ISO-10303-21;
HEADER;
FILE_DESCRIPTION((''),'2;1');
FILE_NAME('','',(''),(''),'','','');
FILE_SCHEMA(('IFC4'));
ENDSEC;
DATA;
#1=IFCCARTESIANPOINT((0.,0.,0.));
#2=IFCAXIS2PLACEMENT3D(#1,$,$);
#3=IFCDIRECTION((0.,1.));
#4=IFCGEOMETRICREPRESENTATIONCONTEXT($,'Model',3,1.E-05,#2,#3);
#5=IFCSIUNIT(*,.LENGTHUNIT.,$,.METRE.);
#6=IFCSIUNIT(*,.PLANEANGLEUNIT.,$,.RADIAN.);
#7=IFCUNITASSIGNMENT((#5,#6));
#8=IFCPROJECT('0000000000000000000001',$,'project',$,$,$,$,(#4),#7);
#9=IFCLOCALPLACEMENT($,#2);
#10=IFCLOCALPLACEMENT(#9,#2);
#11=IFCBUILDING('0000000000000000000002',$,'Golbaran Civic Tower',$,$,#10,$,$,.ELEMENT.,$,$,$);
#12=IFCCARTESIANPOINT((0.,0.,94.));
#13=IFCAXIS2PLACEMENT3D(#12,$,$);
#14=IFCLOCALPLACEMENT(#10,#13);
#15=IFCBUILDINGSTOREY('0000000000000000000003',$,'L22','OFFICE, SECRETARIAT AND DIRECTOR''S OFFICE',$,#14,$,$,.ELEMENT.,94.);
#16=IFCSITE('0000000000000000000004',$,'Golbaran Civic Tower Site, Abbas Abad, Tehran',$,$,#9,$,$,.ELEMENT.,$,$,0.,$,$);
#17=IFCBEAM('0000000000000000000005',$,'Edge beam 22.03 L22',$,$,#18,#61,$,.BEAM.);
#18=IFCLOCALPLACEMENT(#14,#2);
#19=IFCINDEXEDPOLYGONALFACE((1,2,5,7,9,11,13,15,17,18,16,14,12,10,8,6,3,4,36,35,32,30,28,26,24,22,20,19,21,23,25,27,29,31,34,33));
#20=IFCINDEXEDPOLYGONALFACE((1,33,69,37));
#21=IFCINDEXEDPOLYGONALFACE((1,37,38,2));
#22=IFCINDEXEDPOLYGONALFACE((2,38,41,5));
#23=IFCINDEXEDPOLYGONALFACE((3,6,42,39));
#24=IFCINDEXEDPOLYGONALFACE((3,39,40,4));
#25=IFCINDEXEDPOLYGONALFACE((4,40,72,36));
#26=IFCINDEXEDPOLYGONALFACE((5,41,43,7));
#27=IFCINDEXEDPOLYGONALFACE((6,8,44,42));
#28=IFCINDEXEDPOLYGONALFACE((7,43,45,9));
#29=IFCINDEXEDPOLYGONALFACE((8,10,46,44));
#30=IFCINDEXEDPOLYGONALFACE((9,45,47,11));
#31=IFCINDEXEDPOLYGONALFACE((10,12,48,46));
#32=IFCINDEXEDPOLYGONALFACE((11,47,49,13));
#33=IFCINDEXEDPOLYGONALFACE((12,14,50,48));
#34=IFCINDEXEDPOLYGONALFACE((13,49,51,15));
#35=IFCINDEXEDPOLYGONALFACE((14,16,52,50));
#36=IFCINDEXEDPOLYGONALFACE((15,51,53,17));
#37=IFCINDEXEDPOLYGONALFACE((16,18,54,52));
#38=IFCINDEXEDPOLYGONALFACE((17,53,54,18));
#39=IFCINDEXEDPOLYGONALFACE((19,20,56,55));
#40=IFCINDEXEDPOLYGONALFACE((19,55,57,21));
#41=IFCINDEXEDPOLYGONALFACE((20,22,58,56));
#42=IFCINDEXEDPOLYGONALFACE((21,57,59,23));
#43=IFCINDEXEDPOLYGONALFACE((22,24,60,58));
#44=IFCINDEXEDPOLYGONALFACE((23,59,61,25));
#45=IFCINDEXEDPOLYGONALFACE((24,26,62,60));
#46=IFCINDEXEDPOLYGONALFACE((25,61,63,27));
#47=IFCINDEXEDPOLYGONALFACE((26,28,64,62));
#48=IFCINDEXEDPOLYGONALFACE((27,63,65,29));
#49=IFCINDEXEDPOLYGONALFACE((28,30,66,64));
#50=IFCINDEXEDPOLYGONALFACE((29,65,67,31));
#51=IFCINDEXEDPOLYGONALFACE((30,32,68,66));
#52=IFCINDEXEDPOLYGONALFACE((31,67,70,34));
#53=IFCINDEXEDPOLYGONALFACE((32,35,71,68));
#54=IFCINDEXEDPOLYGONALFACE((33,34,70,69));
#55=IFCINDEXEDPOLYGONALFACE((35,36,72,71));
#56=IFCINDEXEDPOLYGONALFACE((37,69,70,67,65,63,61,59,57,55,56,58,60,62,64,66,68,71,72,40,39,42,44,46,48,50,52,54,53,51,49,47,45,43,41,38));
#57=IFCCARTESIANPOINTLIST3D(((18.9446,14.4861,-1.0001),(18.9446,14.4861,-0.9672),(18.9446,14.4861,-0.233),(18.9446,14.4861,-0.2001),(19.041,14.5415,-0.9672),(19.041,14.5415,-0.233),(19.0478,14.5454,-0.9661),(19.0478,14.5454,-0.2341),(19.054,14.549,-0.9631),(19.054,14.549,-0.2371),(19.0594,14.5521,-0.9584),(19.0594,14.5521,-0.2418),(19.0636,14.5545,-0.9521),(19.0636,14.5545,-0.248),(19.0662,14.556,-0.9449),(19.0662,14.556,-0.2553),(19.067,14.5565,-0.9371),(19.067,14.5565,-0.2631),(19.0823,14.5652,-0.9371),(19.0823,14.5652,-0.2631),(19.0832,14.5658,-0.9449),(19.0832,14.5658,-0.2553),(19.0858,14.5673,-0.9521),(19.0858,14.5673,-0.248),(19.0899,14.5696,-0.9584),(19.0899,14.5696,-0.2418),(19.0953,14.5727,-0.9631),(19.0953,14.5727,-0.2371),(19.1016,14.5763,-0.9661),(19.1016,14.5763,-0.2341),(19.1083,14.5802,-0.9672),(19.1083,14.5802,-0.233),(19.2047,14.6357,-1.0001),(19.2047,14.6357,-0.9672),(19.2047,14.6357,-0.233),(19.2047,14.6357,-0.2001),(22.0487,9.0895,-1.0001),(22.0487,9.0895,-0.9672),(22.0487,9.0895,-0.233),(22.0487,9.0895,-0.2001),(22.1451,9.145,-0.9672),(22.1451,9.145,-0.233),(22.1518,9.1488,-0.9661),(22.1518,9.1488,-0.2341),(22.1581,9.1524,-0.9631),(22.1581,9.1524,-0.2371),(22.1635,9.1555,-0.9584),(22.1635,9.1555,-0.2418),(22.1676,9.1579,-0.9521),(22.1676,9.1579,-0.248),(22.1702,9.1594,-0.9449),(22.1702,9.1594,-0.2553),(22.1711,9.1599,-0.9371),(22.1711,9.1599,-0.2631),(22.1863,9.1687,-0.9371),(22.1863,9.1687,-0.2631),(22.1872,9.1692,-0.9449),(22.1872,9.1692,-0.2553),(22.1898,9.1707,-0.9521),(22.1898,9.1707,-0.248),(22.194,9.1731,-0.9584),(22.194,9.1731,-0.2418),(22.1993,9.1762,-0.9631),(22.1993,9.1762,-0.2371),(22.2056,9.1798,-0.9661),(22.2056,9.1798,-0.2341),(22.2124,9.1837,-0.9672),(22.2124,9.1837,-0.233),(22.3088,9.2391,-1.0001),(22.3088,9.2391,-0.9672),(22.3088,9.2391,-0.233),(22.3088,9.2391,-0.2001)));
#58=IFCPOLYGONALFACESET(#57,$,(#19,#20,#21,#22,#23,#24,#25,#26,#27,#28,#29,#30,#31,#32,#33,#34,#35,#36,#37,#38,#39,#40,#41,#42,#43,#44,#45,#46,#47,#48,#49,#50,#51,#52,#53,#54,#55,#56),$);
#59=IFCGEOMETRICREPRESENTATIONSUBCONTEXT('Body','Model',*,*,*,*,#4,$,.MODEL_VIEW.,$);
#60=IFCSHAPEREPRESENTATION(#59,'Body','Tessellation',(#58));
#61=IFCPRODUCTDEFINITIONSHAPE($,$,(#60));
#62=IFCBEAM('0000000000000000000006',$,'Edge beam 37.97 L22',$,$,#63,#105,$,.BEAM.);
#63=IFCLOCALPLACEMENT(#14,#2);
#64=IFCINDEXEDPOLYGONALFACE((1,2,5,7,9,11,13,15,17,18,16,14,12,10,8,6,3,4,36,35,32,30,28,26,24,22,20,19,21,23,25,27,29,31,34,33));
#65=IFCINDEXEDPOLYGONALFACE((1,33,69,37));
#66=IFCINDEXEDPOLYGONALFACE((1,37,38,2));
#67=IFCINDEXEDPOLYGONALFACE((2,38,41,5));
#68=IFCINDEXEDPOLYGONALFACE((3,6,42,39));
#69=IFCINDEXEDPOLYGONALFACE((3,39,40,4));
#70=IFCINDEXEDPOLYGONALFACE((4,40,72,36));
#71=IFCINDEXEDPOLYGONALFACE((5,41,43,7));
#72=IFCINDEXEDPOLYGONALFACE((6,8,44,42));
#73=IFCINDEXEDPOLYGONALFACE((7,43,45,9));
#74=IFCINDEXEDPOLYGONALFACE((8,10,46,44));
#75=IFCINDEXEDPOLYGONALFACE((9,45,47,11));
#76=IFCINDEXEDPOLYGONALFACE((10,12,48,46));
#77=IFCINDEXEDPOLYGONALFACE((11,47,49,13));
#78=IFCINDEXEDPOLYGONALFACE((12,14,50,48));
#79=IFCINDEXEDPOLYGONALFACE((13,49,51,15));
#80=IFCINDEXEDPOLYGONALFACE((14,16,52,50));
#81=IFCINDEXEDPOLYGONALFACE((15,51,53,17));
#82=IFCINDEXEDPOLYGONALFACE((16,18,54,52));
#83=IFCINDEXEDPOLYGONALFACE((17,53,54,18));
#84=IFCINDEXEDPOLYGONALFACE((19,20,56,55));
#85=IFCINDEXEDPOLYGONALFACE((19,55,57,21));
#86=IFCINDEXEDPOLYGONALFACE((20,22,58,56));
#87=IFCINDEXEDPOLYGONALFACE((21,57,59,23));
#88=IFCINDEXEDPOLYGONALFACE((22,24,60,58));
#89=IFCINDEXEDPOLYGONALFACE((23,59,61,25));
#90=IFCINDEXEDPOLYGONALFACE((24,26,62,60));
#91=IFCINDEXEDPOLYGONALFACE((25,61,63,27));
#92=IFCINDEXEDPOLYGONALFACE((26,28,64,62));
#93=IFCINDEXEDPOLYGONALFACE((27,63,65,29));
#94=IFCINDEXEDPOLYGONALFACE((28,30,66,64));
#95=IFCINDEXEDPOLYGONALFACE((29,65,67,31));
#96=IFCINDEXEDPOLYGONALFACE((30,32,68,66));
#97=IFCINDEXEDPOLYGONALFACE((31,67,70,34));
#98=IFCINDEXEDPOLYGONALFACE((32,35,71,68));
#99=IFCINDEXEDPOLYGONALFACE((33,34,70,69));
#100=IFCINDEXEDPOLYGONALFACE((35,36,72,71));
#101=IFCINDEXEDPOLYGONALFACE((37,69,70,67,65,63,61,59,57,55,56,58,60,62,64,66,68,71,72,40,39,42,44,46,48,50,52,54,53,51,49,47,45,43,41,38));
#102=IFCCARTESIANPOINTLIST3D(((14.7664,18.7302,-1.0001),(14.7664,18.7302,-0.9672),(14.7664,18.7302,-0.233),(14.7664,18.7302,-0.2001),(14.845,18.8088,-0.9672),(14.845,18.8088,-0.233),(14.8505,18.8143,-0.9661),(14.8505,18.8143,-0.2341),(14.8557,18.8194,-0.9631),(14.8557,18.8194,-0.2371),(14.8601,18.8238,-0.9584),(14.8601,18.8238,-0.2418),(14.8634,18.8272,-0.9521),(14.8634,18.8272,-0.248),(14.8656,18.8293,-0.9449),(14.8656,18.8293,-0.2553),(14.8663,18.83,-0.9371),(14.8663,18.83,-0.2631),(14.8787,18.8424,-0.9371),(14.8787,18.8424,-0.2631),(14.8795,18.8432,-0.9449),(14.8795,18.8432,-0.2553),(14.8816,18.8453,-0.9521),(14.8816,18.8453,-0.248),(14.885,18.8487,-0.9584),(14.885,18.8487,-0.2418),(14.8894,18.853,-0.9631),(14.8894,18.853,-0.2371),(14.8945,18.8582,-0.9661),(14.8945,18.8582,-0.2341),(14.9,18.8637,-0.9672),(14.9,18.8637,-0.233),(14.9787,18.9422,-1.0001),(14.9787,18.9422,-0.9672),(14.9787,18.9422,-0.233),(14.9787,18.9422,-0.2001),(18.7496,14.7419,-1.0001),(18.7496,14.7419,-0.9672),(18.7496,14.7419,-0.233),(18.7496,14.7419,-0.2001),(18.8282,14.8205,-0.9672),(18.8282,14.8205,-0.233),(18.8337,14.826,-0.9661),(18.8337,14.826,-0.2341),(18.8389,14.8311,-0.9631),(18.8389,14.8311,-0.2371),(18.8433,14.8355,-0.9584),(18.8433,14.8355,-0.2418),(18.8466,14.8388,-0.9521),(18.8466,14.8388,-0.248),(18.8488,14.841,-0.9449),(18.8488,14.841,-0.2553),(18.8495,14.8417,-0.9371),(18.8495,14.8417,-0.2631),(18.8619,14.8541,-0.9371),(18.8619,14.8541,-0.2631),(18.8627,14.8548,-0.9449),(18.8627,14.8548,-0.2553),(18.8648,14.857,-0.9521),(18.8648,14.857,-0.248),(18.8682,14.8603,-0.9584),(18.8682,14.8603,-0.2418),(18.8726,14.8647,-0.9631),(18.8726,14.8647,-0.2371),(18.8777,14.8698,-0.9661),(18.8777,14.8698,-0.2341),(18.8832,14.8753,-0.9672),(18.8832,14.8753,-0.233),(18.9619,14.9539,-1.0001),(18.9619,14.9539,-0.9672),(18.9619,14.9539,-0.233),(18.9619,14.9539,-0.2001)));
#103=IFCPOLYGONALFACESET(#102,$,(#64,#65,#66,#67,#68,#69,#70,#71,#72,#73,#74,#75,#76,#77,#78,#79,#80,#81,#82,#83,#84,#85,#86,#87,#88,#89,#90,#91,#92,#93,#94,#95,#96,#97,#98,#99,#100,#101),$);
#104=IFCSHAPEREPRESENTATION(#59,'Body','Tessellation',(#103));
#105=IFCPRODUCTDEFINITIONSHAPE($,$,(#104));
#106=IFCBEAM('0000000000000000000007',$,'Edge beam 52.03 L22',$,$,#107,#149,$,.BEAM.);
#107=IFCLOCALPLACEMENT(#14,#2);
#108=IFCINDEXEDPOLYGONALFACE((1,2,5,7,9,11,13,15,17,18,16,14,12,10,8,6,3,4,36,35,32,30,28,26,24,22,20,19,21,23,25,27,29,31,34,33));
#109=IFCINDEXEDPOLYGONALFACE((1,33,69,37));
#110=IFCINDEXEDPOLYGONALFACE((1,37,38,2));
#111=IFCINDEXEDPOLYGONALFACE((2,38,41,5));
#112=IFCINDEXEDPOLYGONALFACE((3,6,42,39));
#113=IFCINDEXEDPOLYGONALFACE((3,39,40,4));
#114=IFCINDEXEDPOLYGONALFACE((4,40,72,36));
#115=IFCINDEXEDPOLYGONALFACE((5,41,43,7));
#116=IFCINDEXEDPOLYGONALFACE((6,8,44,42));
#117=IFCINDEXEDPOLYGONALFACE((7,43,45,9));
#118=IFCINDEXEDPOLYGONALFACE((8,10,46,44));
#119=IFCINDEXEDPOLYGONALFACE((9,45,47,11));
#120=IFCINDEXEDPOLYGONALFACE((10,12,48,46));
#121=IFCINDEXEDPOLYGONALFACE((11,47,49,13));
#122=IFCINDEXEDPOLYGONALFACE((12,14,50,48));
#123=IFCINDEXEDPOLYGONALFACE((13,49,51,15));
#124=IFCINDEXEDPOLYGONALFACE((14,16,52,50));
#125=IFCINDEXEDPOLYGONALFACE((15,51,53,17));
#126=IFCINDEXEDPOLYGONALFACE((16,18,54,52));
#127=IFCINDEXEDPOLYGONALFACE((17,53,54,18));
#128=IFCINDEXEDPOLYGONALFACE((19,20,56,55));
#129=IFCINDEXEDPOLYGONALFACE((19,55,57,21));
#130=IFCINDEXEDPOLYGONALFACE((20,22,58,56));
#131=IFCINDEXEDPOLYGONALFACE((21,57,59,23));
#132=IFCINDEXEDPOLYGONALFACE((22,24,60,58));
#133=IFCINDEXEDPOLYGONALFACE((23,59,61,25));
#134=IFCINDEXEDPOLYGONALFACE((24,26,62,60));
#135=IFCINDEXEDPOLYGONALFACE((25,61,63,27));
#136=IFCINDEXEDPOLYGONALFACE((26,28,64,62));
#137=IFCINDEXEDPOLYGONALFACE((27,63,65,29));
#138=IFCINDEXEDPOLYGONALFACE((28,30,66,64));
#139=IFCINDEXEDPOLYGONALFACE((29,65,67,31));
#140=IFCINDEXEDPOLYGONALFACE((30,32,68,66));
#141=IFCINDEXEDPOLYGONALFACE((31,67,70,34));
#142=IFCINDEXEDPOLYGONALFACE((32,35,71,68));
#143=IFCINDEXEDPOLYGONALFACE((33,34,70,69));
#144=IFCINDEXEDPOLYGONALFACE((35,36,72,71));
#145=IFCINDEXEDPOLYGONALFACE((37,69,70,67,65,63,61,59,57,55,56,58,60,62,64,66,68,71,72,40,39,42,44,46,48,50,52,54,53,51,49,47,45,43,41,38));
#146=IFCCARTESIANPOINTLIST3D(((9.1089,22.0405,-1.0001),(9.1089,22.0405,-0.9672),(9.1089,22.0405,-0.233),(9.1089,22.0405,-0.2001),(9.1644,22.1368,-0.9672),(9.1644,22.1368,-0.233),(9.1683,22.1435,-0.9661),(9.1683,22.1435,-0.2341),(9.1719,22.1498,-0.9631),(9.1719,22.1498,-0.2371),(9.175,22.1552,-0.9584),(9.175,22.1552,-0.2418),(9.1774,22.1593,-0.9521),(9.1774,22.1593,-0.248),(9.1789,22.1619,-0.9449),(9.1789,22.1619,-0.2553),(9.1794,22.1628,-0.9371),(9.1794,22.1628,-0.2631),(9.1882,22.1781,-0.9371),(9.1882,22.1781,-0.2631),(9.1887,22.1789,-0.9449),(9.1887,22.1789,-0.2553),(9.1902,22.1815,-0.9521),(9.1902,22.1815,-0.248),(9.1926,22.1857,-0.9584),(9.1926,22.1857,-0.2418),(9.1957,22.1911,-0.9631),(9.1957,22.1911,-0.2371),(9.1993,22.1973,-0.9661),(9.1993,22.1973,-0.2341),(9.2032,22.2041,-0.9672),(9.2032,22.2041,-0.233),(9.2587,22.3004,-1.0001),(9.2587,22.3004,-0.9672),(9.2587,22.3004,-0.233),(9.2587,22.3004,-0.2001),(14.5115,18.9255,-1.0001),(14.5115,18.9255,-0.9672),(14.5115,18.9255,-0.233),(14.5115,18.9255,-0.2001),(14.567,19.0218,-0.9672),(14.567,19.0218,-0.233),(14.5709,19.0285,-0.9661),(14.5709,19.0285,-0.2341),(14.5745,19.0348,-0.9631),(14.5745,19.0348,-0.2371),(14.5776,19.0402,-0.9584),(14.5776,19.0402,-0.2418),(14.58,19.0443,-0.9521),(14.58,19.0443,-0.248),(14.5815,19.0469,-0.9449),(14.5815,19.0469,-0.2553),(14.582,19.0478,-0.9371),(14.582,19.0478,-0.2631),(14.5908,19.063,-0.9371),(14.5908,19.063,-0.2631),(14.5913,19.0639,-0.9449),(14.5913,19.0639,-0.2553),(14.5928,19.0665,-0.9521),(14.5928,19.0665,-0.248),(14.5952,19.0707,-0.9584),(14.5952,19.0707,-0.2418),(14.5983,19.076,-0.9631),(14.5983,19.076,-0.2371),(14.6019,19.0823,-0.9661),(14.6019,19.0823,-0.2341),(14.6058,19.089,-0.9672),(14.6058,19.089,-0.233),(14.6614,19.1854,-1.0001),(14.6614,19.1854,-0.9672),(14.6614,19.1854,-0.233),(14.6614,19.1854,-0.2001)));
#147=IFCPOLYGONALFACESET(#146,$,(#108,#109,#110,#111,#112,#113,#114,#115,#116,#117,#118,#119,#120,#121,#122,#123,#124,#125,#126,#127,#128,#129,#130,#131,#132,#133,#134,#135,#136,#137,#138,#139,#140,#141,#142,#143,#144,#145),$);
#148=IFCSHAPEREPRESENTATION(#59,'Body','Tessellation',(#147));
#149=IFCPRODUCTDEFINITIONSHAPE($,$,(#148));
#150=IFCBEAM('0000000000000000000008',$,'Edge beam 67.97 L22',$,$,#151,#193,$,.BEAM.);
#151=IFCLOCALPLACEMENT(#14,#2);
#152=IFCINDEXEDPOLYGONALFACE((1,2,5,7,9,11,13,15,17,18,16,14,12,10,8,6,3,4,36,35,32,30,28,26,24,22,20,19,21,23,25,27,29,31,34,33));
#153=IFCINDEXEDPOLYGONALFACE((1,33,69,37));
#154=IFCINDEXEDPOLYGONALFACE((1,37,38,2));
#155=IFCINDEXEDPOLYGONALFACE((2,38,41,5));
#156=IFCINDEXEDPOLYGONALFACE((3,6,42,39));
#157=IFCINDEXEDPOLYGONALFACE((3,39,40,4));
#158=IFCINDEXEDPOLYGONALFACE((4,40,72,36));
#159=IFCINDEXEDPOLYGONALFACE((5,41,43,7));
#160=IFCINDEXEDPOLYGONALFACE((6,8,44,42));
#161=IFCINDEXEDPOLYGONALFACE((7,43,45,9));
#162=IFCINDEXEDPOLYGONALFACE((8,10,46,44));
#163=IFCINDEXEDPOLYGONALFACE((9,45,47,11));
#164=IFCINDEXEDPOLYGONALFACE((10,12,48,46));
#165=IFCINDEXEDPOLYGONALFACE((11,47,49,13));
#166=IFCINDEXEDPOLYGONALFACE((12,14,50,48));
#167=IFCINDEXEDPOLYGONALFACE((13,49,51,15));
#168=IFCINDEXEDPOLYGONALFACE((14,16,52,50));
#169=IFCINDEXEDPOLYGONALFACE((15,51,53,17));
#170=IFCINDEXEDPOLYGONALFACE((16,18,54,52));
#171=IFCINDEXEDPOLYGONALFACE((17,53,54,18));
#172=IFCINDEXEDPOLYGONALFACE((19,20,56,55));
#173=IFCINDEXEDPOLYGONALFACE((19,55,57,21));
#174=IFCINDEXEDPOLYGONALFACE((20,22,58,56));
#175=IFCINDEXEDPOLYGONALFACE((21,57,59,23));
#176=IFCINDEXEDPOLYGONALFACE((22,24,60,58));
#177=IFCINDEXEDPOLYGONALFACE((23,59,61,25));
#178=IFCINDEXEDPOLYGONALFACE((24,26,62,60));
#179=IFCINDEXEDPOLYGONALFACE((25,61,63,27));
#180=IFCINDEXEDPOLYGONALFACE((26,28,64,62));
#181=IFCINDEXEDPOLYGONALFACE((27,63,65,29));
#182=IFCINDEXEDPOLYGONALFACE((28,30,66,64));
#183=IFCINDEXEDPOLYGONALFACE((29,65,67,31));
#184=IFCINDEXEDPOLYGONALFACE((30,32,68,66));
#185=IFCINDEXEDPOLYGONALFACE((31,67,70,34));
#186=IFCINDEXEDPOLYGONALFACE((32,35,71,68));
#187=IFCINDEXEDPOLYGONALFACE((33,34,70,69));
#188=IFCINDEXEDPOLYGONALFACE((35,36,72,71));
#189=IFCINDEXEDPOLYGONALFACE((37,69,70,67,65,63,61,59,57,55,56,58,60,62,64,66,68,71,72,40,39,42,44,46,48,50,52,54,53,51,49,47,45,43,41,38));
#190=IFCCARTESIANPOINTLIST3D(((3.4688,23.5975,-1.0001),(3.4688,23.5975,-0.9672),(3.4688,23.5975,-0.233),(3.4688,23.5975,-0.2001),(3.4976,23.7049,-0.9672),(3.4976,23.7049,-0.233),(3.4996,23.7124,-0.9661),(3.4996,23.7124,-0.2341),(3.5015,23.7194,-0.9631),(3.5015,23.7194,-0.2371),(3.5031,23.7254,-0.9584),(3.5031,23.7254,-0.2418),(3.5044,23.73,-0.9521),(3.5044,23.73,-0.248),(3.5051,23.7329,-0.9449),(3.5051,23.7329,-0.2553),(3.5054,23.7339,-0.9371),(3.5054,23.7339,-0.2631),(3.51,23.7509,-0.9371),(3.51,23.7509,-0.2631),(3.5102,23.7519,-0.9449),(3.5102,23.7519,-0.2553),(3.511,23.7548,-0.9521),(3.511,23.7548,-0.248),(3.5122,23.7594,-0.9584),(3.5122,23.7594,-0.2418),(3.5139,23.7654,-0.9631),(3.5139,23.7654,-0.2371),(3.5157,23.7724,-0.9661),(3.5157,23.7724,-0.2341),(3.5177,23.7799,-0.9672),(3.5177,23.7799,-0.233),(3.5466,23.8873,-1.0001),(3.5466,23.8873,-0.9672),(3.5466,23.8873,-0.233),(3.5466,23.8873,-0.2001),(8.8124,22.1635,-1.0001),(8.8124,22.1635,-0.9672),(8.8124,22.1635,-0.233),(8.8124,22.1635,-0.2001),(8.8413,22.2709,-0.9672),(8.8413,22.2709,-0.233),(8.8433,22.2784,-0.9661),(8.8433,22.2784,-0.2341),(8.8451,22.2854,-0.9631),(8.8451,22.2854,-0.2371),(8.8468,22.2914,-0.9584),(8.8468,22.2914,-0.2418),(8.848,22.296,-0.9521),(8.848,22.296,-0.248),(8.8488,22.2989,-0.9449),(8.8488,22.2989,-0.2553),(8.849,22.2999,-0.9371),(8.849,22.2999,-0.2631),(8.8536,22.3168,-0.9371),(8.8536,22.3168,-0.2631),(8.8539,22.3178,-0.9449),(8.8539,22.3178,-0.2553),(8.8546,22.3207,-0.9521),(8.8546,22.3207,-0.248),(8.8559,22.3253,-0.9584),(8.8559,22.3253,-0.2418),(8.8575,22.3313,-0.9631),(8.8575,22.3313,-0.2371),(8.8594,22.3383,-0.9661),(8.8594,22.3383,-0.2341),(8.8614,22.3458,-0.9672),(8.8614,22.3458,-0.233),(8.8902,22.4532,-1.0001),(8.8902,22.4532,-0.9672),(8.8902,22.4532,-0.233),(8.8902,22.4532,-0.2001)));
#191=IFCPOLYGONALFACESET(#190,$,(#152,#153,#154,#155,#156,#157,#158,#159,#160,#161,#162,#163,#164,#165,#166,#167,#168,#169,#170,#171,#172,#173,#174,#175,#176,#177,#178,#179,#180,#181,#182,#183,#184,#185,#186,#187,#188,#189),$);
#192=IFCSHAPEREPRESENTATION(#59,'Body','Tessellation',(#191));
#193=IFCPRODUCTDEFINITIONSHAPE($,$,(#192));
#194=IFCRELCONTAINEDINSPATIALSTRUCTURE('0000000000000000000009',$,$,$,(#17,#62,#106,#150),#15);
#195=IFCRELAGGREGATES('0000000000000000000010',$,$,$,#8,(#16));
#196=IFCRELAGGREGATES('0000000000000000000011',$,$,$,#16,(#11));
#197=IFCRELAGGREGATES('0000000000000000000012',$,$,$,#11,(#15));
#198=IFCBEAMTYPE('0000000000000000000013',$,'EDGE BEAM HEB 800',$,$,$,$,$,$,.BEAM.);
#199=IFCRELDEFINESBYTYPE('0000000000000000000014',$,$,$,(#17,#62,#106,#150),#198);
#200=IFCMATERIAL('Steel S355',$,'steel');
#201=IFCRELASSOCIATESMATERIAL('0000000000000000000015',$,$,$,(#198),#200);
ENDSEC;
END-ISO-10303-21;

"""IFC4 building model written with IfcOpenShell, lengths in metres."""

from ifc_helpers import new_model, si_unit, direction, frame, origin, origin_2d, place, context, subcontext, project, spatial, i_section, extrude, material, material_profile, profile_set, type_object, element, save


model = new_model("IFC4")

# Units and contexts
model_context = context("Model", 3, precision=1e-05, world=origin(), true_north=direction((0.0, 1.0)))
body_context = subcontext(model_context, "Body", "Model", "MODEL_VIEW")
ifc_project = project(units=[si_unit("LENGTHUNIT", "METRE"), si_unit("PLANEANGLEUNIT", "RADIAN")], contexts=[model_context])

# Site, building, storey
site_placement = place(None, origin())
site = spatial("IfcSite", under=ifc_project, at=site_placement, Name="Golbaran Civic Tower Site, Abbas Abad, Tehran", CompositionType="ELEMENT", RefElevation=0.0)
building_placement = place(site_placement, origin())
building = spatial("IfcBuilding", under=site, at=building_placement, Name="Golbaran Civic Tower", CompositionType="ELEMENT")
storey_placement = place(building_placement, frame((0.0, 0.0, 94.0)))
storey = spatial("IfcBuildingStorey", under=building, at=storey_placement, Name="L22", Description="OFFICE, SECRETARIAT AND DIRECTOR'S OFFICE", CompositionType="ELEMENT", Elevation=94.0)

# Beams
ifc_material_1 = material(Name="Steel S355", Category="steel")
ifc_material_profile_1 = material_profile(ifc_material_1, i_section(OverallWidth=0.3, OverallDepth=0.8, WebThickness=0.0176, FlangeThickness=0.033, FilletRadius=0.03, at=origin_2d()), Name="HEB 800")
ifc_profile_set_1 = profile_set([ifc_material_profile_1], Name="Steel S355")
beam_type_1 = type_object("IfcBeamType", Name="EDGE BEAM HEB 800", PredefinedType="BEAM", material=ifc_profile_set_1)
beam_1_placement = place(storey_placement, frame((22.1787, 9.1643, -0.6001), z_axis=(-0.498595, 0.866835, 0.0), x_axis=(-0.866835, -0.498595, 0.0)))
element("IfcBeam", 1, at=beam_1_placement, inside=storey, type_object=beam_type_1, Name="Edge beam 22.03 L22", PredefinedType="BEAM", context=body_context, shape_type="SweptSolid", body=[
    extrude(i_section(OverallWidth=0.3, OverallDepth=0.8, WebThickness=0.0176, FlangeThickness=0.033, FilletRadius=0.03, at=origin_2d()), origin(), (0.0, 0.0, 1.0), 6.2256),
])
beam_2_placement = place(storey_placement, frame((18.8557, 14.8479, -0.6001), z_axis=(-0.706652, 0.707561, 0.0), x_axis=(-0.707561, -0.706652, 0.0)))
element("IfcBeam", 2, at=beam_2_placement, inside=storey, type_object=beam_type_1, Name="Edge beam 37.97 L22", PredefinedType="BEAM", context=body_context, shape_type="SweptSolid", body=[
    extrude(i_section(OverallWidth=0.3, OverallDepth=0.8, WebThickness=0.0176, FlangeThickness=0.033, FilletRadius=0.03, at=origin_2d()), origin(), (0.0, 0.0, 1.0), 5.6367),
])
beam_3_placement = place(storey_placement, frame((14.5864, 19.0554, -0.6001), z_axis=(-0.866317, 0.499495, 0.0), x_axis=(-0.499495, -0.866317, 0.0)))
element("IfcBeam", 3, at=beam_3_placement, inside=storey, type_object=beam_type_1, Name="Edge beam 52.03 L22", PredefinedType="BEAM", context=body_context, shape_type="SweptSolid", body=[
    extrude(i_section(OverallWidth=0.3, OverallDepth=0.8, WebThickness=0.0176, FlangeThickness=0.033, FilletRadius=0.03, at=origin_2d()), origin(), (0.0, 0.0, 1.0), 6.2363),
])
beam_4_placement = place(storey_placement, frame((8.8513, 22.3083, -0.6001), z_axis=(-0.965825, 0.259195, 0.0), x_axis=(-0.259195, -0.965825, 0.0)))
element("IfcBeam", 4, at=beam_4_placement, inside=storey, type_object=beam_type_1, Name="Edge beam 67.97 L22", PredefinedType="BEAM", context=body_context, shape_type="SweptSolid", body=[
    extrude(i_section(OverallWidth=0.3, OverallDepth=0.8, WebThickness=0.0176, FlangeThickness=0.033, FilletRadius=0.03, at=origin_2d()), origin(), (0.0, 0.0, 1.0), 5.5327),
])

save(model, "model.ifc")
